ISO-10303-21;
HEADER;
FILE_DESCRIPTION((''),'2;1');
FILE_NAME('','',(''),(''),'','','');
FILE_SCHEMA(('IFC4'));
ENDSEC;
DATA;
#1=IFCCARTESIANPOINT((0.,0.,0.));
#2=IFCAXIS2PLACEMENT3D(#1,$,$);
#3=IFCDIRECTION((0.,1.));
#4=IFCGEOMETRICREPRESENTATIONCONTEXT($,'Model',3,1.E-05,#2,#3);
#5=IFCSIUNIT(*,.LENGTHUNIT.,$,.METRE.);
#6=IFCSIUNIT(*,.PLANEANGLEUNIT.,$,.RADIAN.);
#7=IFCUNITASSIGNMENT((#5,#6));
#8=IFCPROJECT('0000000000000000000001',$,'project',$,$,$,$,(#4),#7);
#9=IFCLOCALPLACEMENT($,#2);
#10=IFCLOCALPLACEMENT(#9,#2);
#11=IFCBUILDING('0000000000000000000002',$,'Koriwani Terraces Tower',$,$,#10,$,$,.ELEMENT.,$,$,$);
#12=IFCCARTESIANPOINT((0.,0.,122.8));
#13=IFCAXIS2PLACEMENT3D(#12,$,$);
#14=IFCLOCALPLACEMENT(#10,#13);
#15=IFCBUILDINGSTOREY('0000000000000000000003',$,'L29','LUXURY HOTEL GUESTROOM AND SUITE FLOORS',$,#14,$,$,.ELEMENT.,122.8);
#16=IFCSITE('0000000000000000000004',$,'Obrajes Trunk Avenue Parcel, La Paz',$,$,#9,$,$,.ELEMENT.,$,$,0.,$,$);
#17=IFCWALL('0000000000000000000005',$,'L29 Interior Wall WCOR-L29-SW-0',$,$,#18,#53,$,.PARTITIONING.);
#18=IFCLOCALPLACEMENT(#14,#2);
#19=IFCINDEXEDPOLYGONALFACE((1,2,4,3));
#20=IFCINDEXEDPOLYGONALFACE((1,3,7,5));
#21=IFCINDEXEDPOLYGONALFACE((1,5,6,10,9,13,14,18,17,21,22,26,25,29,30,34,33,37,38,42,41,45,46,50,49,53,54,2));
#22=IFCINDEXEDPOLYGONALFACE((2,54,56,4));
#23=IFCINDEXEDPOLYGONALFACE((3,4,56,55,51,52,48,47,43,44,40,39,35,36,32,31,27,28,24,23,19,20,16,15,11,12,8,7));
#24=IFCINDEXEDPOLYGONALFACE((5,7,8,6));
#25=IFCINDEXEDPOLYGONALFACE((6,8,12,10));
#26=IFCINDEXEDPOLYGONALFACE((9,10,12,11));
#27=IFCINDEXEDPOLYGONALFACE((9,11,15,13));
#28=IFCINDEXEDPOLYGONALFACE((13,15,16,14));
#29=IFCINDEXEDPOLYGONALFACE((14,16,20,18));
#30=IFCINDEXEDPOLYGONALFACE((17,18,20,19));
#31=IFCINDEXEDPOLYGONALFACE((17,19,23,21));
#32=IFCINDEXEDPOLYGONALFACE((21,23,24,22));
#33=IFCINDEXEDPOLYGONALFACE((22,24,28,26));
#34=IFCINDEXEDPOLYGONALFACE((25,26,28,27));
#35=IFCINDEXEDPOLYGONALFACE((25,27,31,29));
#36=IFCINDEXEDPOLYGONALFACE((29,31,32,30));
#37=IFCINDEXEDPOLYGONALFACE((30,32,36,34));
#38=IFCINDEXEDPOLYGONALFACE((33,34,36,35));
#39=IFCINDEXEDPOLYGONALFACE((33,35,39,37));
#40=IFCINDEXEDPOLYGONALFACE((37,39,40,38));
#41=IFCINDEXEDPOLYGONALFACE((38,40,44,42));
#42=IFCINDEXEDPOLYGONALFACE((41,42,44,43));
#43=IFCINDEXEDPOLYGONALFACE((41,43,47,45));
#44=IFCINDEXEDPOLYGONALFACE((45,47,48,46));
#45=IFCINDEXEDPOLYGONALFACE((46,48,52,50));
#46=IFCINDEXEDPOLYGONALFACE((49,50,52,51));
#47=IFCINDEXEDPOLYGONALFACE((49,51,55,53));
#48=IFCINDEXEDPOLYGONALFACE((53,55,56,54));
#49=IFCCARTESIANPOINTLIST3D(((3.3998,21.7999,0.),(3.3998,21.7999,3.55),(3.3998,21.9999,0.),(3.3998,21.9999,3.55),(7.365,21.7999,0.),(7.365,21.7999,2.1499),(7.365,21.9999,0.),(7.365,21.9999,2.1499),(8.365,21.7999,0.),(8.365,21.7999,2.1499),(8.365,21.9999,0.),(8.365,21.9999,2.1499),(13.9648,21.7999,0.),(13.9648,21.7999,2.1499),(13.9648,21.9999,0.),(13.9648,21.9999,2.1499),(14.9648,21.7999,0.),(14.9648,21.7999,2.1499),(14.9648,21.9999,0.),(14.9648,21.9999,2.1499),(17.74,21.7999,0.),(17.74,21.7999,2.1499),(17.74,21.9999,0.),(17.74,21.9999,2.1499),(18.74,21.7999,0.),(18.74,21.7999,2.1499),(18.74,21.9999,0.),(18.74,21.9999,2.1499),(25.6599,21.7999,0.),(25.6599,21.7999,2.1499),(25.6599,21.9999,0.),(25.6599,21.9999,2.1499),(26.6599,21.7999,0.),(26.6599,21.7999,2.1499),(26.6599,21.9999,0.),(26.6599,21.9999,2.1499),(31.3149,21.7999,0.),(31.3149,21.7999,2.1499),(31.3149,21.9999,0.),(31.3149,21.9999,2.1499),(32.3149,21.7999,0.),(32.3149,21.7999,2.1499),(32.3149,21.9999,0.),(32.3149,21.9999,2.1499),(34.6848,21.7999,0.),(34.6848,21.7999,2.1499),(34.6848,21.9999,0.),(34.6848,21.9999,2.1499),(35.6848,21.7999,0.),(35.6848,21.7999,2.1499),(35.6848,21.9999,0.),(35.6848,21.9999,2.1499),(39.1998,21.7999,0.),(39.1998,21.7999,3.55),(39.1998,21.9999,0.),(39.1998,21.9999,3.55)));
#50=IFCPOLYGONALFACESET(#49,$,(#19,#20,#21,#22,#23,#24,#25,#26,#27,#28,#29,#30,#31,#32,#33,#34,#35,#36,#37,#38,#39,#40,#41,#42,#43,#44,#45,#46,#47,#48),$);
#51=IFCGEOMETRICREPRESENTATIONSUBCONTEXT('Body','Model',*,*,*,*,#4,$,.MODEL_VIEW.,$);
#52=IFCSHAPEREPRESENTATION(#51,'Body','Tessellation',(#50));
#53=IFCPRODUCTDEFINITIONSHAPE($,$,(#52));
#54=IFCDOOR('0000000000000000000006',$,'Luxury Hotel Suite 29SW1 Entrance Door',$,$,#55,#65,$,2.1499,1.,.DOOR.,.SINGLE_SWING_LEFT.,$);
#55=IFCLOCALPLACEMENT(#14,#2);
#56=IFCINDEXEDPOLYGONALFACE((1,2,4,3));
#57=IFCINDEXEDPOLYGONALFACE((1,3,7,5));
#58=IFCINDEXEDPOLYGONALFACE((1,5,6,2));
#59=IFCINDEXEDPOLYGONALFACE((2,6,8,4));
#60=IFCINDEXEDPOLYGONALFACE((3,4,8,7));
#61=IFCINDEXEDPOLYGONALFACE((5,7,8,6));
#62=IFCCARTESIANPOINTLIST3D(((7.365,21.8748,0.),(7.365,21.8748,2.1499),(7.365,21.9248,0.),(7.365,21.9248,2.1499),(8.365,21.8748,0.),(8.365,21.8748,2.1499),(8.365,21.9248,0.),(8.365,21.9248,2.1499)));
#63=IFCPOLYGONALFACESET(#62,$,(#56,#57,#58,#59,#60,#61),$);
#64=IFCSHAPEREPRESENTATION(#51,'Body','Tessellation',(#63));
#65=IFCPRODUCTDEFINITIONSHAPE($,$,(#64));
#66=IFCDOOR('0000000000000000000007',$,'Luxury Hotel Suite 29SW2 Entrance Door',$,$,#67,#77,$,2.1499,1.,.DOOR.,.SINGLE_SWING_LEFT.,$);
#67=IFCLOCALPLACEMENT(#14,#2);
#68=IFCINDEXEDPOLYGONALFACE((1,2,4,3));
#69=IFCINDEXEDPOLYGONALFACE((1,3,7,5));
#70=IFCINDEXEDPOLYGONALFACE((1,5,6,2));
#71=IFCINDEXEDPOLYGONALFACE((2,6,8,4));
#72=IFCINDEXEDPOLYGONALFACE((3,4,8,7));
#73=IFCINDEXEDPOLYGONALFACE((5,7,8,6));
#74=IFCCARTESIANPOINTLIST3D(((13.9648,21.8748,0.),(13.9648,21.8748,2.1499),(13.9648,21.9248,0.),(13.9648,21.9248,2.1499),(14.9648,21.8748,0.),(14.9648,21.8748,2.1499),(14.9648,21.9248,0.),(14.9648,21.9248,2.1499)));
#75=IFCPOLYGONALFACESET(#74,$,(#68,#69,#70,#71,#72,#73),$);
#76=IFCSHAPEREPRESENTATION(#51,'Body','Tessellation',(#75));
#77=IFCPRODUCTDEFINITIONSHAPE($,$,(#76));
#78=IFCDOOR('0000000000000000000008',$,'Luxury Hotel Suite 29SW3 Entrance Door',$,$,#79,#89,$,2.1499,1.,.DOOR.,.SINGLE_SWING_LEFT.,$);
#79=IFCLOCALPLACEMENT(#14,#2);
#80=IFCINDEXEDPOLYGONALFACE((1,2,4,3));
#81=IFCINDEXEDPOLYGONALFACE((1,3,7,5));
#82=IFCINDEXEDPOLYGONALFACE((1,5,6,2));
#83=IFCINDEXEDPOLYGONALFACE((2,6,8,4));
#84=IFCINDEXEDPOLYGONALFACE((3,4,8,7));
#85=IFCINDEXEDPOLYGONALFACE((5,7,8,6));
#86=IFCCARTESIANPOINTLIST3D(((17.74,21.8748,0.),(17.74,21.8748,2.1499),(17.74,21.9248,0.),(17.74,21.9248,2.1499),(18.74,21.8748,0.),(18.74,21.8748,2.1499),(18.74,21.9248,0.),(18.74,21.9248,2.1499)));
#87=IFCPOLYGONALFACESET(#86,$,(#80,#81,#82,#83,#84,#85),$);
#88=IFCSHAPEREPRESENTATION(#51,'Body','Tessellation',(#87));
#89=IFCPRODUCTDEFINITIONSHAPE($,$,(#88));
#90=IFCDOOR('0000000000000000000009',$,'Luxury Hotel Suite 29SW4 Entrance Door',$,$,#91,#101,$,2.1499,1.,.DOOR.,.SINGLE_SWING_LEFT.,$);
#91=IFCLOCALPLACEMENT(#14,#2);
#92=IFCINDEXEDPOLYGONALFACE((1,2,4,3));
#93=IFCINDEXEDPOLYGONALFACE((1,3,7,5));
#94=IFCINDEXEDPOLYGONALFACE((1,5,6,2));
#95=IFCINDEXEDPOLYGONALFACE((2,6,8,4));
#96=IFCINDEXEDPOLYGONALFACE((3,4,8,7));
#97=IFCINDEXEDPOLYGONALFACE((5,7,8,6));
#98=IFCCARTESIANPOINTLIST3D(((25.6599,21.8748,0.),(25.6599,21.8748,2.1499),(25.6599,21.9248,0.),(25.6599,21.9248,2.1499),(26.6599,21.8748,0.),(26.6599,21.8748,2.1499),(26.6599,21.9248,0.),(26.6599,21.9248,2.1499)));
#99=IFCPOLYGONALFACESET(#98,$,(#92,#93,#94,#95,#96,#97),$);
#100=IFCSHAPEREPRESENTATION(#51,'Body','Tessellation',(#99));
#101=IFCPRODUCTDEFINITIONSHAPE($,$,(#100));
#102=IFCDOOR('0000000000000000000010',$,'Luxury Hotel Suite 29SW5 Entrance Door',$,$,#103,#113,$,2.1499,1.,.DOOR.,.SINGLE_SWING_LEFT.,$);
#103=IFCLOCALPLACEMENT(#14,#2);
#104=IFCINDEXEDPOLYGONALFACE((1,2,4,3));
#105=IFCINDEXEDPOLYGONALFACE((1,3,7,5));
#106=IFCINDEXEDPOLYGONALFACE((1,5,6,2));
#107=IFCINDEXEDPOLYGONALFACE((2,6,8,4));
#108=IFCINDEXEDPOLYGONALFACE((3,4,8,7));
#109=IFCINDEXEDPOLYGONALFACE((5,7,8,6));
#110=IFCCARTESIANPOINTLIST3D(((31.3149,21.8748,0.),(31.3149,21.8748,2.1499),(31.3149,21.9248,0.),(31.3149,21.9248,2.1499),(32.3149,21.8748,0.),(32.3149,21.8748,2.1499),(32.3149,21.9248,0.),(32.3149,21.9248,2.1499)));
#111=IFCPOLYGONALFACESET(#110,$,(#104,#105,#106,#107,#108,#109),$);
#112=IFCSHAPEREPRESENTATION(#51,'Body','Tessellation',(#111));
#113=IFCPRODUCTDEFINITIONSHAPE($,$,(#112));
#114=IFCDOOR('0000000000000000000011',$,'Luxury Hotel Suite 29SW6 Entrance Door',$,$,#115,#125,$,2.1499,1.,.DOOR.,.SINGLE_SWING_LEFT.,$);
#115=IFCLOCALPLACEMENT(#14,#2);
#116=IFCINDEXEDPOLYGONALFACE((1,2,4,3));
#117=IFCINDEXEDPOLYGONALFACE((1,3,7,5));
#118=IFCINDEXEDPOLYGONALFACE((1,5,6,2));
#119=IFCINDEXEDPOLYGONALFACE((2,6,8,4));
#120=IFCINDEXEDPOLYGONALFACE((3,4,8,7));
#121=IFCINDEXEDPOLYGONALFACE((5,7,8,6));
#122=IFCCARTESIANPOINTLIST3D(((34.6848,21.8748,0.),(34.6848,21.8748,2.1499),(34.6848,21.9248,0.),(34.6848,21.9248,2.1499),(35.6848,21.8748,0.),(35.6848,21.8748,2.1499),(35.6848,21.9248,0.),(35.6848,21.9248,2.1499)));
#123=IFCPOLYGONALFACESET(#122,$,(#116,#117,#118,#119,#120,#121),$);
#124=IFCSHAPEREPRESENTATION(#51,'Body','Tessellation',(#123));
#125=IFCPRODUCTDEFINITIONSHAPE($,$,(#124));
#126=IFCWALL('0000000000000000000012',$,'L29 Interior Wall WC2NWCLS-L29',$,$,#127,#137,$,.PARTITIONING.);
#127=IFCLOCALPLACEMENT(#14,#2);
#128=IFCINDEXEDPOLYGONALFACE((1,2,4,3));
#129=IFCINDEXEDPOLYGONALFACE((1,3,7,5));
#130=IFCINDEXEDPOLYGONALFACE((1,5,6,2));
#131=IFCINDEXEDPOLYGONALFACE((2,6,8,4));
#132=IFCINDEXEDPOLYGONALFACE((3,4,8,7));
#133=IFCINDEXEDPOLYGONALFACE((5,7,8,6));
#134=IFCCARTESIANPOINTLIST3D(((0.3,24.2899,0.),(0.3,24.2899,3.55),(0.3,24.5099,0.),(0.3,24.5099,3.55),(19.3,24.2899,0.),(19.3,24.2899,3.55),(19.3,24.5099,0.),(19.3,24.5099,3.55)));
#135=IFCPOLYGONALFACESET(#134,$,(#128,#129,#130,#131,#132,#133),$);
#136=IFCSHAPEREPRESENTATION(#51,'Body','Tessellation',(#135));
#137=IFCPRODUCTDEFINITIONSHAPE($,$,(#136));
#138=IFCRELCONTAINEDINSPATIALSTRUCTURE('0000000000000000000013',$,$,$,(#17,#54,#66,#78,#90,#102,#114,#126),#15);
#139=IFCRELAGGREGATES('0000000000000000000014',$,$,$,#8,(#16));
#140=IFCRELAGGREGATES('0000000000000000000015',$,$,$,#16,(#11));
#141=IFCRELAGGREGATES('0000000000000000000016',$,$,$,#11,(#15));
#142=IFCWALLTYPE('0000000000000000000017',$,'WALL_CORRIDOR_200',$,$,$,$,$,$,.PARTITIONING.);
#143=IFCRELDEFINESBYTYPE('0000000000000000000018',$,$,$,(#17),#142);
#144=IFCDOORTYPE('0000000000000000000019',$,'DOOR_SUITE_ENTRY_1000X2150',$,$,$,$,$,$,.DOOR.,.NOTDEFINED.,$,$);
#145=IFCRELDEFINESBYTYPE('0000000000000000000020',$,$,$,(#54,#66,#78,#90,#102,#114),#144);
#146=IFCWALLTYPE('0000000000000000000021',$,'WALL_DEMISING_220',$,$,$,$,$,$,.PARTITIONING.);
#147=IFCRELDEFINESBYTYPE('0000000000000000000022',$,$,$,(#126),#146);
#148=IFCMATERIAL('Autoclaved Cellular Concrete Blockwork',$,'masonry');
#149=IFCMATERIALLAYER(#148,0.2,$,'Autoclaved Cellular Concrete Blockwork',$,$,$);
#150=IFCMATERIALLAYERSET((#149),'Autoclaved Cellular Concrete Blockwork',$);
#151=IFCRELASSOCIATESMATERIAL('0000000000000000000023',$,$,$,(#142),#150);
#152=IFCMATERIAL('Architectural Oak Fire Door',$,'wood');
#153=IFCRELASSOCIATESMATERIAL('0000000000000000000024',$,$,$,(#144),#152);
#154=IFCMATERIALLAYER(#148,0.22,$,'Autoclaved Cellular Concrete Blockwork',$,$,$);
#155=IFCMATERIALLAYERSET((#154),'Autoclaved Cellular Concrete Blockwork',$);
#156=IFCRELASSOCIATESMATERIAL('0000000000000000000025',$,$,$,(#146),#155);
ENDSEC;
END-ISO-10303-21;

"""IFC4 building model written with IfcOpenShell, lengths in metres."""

from ifc_helpers import new_model, si_unit, direction, frame, frame_2d, origin, place, context, subcontext, project, spatial, rectangle, extrude, material, layer, layer_set, type_object, element, fill, save


model = new_model("IFC4")

# Units and contexts
model_context = context("Model", 3, precision=1e-05, world=origin(), true_north=direction((0.0, 1.0)))
body_context = subcontext(model_context, "Body", "Model", "MODEL_VIEW")
ifc_project = project(units=[si_unit("LENGTHUNIT", "METRE"), si_unit("PLANEANGLEUNIT", "RADIAN")], contexts=[model_context])

# Site, building, storey
site_placement = place(None, origin())
site = spatial("IfcSite", under=ifc_project, at=site_placement, Name="Obrajes Trunk Avenue Parcel, La Paz", CompositionType="ELEMENT", RefElevation=0.0)
building_placement = place(site_placement, origin())
building = spatial("IfcBuilding", under=site, at=building_placement, Name="Koriwani Terraces Tower", CompositionType="ELEMENT")
storey_placement = place(building_placement, frame((0.0, 0.0, 122.8)))
storey = spatial("IfcBuildingStorey", under=building, at=storey_placement, Name="L29", Description="LUXURY HOTEL GUESTROOM AND SUITE FLOORS", CompositionType="ELEMENT", Elevation=122.8)

# Wall, openings, doors
ifc_material_1 = material(Name="Autoclaved Cellular Concrete Blockwork", Category="masonry")
ifc_layer_1 = layer(ifc_material_1, 0.2, Name="Autoclaved Cellular Concrete Blockwork")
ifc_layer_set_1 = layer_set([ifc_layer_1], Name="Autoclaved Cellular Concrete Blockwork")
wall_type_1 = type_object("IfcWallType", Name="WALL_CORRIDOR_200", PredefinedType="PARTITIONING", material=ifc_layer_set_1)
wall_1_placement = place(storey_placement, frame((3.3999, 21.8999, 0.0), z_axis=(0.0, 0.0, 1.0), x_axis=(1.0, 0.0, 0.0)))
wall_1 = element("IfcWall", 1, at=wall_1_placement, inside=storey, type_object=wall_type_1, Name="L29 Interior Wall WCOR-L29-SW-0", PredefinedType="PARTITIONING", context=body_context, shape_type="SweptSolid", body=[
    extrude(rectangle(XDim=35.8, YDim=0.2, at=frame_2d((17.8999, 0.0))), origin(), (0.0, 0.0, 1.0), 3.55),
])
opening_1_placement = place(wall_1_placement, frame((3.9651, 0.0, 0.0)))
opening_1 = element("IfcOpeningElement", 2, at=opening_1_placement, cuts=wall_1, PredefinedType="OPENING", context=body_context, shape_type="SweptSolid", body=[
    extrude(rectangle(XDim=1.0, YDim=2.1499, at=frame_2d((0.5, 1.075))), frame((0.0, 0.1099, 0.0), z_axis=(0.0, -1.0, 0.0), x_axis=(1.0, 0.0, 0.0)), (0.0, 0.0, 1.0), 0.22),
])
opening_2_placement = place(wall_1_placement, frame((10.5649, 0.0, 0.0)))
opening_2 = element("IfcOpeningElement", 3, at=opening_2_placement, cuts=wall_1, PredefinedType="OPENING", context=body_context, shape_type="SweptSolid", body=[
    extrude(rectangle(XDim=1.0, YDim=2.1499, at=frame_2d((0.5, 1.075))), frame((0.0, 0.1099, 0.0), z_axis=(0.0, -1.0, 0.0), x_axis=(1.0, 0.0, 0.0)), (0.0, 0.0, 1.0), 0.22),
])
opening_3_placement = place(wall_1_placement, frame((14.3401, 0.0, 0.0)))
opening_3 = element("IfcOpeningElement", 4, at=opening_3_placement, cuts=wall_1, PredefinedType="OPENING", context=body_context, shape_type="SweptSolid", body=[
    extrude(rectangle(XDim=1.0, YDim=2.1499, at=frame_2d((0.5, 1.075))), frame((0.0, 0.1099, 0.0), z_axis=(0.0, -1.0, 0.0), x_axis=(1.0, 0.0, 0.0)), (0.0, 0.0, 1.0), 0.22),
])
opening_4_placement = place(wall_1_placement, frame((22.26, 0.0, 0.0)))
opening_4 = element("IfcOpeningElement", 5, at=opening_4_placement, cuts=wall_1, PredefinedType="OPENING", context=body_context, shape_type="SweptSolid", body=[
    extrude(rectangle(XDim=1.0, YDim=2.1499, at=frame_2d((0.5, 1.075))), frame((0.0, 0.1099, 0.0), z_axis=(0.0, -1.0, 0.0), x_axis=(1.0, 0.0, 0.0)), (0.0, 0.0, 1.0), 0.22),
])
opening_5_placement = place(wall_1_placement, frame((27.915, 0.0, 0.0)))
opening_5 = element("IfcOpeningElement", 6, at=opening_5_placement, cuts=wall_1, PredefinedType="OPENING", context=body_context, shape_type="SweptSolid", body=[
    extrude(rectangle(XDim=1.0, YDim=2.1499, at=frame_2d((0.5, 1.075))), frame((0.0, 0.1099, 0.0), z_axis=(0.0, -1.0, 0.0), x_axis=(1.0, 0.0, 0.0)), (0.0, 0.0, 1.0), 0.22),
])
opening_6_placement = place(wall_1_placement, frame((31.2849, 0.0, 0.0)))
opening_6 = element("IfcOpeningElement", 7, at=opening_6_placement, cuts=wall_1, PredefinedType="OPENING", context=body_context, shape_type="SweptSolid", body=[
    extrude(rectangle(XDim=1.0, YDim=2.1499, at=frame_2d((0.5, 1.075))), frame((0.0, 0.1099, 0.0), z_axis=(0.0, -1.0, 0.0), x_axis=(1.0, 0.0, 0.0)), (0.0, 0.0, 1.0), 0.22),
])
ifc_material_2 = material(Name="Architectural Oak Fire Door", Category="wood")
door_type_1 = type_object("IfcDoorType", Name="DOOR_SUITE_ENTRY_1000X2150", OperationType="NOTDEFINED", PredefinedType="DOOR", material=ifc_material_2)
door_1_placement = place(opening_1_placement, origin())
door_1 = element("IfcDoor", 8, at=door_1_placement, inside=storey, type_object=door_type_1, Name="Luxury Hotel Suite 29SW1 Entrance Door", OperationType="SINGLE_SWING_LEFT", OverallHeight=2.1499, OverallWidth=1.0, PredefinedType="DOOR", context=body_context, shape_type="SweptSolid", body=[
    extrude(rectangle(XDim=1.0, YDim=2.1499, at=frame_2d((0.5, 1.075))), frame((0.0, 0.0249, 0.0), z_axis=(0.0, -1.0, 0.0), x_axis=(1.0, 0.0, 0.0)), (0.0, 0.0, 1.0), 0.05),
])
fill(opening_1, door_1)
door_2_placement = place(opening_2_placement, origin())
door_2 = element("IfcDoor", 9, at=door_2_placement, inside=storey, type_object=door_type_1, Name="Luxury Hotel Suite 29SW2 Entrance Door", OperationType="SINGLE_SWING_LEFT", OverallHeight=2.1499, OverallWidth=1.0, PredefinedType="DOOR", context=body_context, shape_type="SweptSolid", body=[
    extrude(rectangle(XDim=1.0, YDim=2.1499, at=frame_2d((0.5, 1.075))), frame((0.0, 0.0249, 0.0), z_axis=(0.0, -1.0, 0.0), x_axis=(1.0, 0.0, 0.0)), (0.0, 0.0, 1.0), 0.05),
])
fill(opening_2, door_2)
door_3_placement = place(opening_3_placement, origin())
door_3 = element("IfcDoor", 10, at=door_3_placement, inside=storey, type_object=door_type_1, Name="Luxury Hotel Suite 29SW3 Entrance Door", OperationType="SINGLE_SWING_LEFT", OverallHeight=2.1499, OverallWidth=1.0, PredefinedType="DOOR", context=body_context, shape_type="SweptSolid", body=[
    extrude(rectangle(XDim=1.0, YDim=2.1499, at=frame_2d((0.5, 1.075))), frame((0.0, 0.0249, 0.0), z_axis=(0.0, -1.0, 0.0), x_axis=(1.0, 0.0, 0.0)), (0.0, 0.0, 1.0), 0.05),
])
fill(opening_3, door_3)
door_4_placement = place(opening_4_placement, origin())
door_4 = element("IfcDoor", 11, at=door_4_placement, inside=storey, type_object=door_type_1, Name="Luxury Hotel Suite 29SW4 Entrance Door", OperationType="SINGLE_SWING_LEFT", OverallHeight=2.1499, OverallWidth=1.0, PredefinedType="DOOR", context=body_context, shape_type="SweptSolid", body=[
    extrude(rectangle(XDim=1.0, YDim=2.1499, at=frame_2d((0.5, 1.075))), frame((0.0, 0.0249, 0.0), z_axis=(0.0, -1.0, 0.0), x_axis=(1.0, 0.0, 0.0)), (0.0, 0.0, 1.0), 0.05),
])
fill(opening_4, door_4)
door_5_placement = place(opening_5_placement, origin())
door_5 = element("IfcDoor", 12, at=door_5_placement, inside=storey, type_object=door_type_1, Name="Luxury Hotel Suite 29SW5 Entrance Door", OperationType="SINGLE_SWING_LEFT", OverallHeight=2.1499, OverallWidth=1.0, PredefinedType="DOOR", context=body_context, shape_type="SweptSolid", body=[
    extrude(rectangle(XDim=1.0, YDim=2.1499, at=frame_2d((0.5, 1.075))), frame((0.0, 0.0249, 0.0), z_axis=(0.0, -1.0, 0.0), x_axis=(1.0, 0.0, 0.0)), (0.0, 0.0, 1.0), 0.05),
])
fill(opening_5, door_5)
door_6_placement = place(opening_6_placement, origin())
door_6 = element("IfcDoor", 13, at=door_6_placement, inside=storey, type_object=door_type_1, Name="Luxury Hotel Suite 29SW6 Entrance Door", OperationType="SINGLE_SWING_LEFT", OverallHeight=2.1499, OverallWidth=1.0, PredefinedType="DOOR", context=body_context, shape_type="SweptSolid", body=[
    extrude(rectangle(XDim=1.0, YDim=2.1499, at=frame_2d((0.5, 1.075))), frame((0.0, 0.0249, 0.0), z_axis=(0.0, -1.0, 0.0), x_axis=(1.0, 0.0, 0.0)), (0.0, 0.0, 1.0), 0.05),
])
fill(opening_6, door_6)

# Wall
ifc_layer_2 = layer(ifc_material_1, 0.22, Name="Autoclaved Cellular Concrete Blockwork")
ifc_layer_set_2 = layer_set([ifc_layer_2], Name="Autoclaved Cellular Concrete Blockwork")
wall_type_2 = type_object("IfcWallType", Name="WALL_DEMISING_220", PredefinedType="PARTITIONING", material=ifc_layer_set_2)
wall_2_placement = place(storey_placement, frame((0.3, 24.3999, 0.0), z_axis=(0.0, 0.0, 1.0), x_axis=(1.0, 0.0, 0.0)))
element("IfcWall", 14, at=wall_2_placement, inside=storey, type_object=wall_type_2, Name="L29 Interior Wall WC2NWCLS-L29", PredefinedType="PARTITIONING", context=body_context, shape_type="SweptSolid", body=[
    extrude(rectangle(XDim=19.0, YDim=0.22, at=frame_2d((9.5, 0.0))), origin(), (0.0, 0.0, 1.0), 3.55),
])

save(model, "model.ifc")
